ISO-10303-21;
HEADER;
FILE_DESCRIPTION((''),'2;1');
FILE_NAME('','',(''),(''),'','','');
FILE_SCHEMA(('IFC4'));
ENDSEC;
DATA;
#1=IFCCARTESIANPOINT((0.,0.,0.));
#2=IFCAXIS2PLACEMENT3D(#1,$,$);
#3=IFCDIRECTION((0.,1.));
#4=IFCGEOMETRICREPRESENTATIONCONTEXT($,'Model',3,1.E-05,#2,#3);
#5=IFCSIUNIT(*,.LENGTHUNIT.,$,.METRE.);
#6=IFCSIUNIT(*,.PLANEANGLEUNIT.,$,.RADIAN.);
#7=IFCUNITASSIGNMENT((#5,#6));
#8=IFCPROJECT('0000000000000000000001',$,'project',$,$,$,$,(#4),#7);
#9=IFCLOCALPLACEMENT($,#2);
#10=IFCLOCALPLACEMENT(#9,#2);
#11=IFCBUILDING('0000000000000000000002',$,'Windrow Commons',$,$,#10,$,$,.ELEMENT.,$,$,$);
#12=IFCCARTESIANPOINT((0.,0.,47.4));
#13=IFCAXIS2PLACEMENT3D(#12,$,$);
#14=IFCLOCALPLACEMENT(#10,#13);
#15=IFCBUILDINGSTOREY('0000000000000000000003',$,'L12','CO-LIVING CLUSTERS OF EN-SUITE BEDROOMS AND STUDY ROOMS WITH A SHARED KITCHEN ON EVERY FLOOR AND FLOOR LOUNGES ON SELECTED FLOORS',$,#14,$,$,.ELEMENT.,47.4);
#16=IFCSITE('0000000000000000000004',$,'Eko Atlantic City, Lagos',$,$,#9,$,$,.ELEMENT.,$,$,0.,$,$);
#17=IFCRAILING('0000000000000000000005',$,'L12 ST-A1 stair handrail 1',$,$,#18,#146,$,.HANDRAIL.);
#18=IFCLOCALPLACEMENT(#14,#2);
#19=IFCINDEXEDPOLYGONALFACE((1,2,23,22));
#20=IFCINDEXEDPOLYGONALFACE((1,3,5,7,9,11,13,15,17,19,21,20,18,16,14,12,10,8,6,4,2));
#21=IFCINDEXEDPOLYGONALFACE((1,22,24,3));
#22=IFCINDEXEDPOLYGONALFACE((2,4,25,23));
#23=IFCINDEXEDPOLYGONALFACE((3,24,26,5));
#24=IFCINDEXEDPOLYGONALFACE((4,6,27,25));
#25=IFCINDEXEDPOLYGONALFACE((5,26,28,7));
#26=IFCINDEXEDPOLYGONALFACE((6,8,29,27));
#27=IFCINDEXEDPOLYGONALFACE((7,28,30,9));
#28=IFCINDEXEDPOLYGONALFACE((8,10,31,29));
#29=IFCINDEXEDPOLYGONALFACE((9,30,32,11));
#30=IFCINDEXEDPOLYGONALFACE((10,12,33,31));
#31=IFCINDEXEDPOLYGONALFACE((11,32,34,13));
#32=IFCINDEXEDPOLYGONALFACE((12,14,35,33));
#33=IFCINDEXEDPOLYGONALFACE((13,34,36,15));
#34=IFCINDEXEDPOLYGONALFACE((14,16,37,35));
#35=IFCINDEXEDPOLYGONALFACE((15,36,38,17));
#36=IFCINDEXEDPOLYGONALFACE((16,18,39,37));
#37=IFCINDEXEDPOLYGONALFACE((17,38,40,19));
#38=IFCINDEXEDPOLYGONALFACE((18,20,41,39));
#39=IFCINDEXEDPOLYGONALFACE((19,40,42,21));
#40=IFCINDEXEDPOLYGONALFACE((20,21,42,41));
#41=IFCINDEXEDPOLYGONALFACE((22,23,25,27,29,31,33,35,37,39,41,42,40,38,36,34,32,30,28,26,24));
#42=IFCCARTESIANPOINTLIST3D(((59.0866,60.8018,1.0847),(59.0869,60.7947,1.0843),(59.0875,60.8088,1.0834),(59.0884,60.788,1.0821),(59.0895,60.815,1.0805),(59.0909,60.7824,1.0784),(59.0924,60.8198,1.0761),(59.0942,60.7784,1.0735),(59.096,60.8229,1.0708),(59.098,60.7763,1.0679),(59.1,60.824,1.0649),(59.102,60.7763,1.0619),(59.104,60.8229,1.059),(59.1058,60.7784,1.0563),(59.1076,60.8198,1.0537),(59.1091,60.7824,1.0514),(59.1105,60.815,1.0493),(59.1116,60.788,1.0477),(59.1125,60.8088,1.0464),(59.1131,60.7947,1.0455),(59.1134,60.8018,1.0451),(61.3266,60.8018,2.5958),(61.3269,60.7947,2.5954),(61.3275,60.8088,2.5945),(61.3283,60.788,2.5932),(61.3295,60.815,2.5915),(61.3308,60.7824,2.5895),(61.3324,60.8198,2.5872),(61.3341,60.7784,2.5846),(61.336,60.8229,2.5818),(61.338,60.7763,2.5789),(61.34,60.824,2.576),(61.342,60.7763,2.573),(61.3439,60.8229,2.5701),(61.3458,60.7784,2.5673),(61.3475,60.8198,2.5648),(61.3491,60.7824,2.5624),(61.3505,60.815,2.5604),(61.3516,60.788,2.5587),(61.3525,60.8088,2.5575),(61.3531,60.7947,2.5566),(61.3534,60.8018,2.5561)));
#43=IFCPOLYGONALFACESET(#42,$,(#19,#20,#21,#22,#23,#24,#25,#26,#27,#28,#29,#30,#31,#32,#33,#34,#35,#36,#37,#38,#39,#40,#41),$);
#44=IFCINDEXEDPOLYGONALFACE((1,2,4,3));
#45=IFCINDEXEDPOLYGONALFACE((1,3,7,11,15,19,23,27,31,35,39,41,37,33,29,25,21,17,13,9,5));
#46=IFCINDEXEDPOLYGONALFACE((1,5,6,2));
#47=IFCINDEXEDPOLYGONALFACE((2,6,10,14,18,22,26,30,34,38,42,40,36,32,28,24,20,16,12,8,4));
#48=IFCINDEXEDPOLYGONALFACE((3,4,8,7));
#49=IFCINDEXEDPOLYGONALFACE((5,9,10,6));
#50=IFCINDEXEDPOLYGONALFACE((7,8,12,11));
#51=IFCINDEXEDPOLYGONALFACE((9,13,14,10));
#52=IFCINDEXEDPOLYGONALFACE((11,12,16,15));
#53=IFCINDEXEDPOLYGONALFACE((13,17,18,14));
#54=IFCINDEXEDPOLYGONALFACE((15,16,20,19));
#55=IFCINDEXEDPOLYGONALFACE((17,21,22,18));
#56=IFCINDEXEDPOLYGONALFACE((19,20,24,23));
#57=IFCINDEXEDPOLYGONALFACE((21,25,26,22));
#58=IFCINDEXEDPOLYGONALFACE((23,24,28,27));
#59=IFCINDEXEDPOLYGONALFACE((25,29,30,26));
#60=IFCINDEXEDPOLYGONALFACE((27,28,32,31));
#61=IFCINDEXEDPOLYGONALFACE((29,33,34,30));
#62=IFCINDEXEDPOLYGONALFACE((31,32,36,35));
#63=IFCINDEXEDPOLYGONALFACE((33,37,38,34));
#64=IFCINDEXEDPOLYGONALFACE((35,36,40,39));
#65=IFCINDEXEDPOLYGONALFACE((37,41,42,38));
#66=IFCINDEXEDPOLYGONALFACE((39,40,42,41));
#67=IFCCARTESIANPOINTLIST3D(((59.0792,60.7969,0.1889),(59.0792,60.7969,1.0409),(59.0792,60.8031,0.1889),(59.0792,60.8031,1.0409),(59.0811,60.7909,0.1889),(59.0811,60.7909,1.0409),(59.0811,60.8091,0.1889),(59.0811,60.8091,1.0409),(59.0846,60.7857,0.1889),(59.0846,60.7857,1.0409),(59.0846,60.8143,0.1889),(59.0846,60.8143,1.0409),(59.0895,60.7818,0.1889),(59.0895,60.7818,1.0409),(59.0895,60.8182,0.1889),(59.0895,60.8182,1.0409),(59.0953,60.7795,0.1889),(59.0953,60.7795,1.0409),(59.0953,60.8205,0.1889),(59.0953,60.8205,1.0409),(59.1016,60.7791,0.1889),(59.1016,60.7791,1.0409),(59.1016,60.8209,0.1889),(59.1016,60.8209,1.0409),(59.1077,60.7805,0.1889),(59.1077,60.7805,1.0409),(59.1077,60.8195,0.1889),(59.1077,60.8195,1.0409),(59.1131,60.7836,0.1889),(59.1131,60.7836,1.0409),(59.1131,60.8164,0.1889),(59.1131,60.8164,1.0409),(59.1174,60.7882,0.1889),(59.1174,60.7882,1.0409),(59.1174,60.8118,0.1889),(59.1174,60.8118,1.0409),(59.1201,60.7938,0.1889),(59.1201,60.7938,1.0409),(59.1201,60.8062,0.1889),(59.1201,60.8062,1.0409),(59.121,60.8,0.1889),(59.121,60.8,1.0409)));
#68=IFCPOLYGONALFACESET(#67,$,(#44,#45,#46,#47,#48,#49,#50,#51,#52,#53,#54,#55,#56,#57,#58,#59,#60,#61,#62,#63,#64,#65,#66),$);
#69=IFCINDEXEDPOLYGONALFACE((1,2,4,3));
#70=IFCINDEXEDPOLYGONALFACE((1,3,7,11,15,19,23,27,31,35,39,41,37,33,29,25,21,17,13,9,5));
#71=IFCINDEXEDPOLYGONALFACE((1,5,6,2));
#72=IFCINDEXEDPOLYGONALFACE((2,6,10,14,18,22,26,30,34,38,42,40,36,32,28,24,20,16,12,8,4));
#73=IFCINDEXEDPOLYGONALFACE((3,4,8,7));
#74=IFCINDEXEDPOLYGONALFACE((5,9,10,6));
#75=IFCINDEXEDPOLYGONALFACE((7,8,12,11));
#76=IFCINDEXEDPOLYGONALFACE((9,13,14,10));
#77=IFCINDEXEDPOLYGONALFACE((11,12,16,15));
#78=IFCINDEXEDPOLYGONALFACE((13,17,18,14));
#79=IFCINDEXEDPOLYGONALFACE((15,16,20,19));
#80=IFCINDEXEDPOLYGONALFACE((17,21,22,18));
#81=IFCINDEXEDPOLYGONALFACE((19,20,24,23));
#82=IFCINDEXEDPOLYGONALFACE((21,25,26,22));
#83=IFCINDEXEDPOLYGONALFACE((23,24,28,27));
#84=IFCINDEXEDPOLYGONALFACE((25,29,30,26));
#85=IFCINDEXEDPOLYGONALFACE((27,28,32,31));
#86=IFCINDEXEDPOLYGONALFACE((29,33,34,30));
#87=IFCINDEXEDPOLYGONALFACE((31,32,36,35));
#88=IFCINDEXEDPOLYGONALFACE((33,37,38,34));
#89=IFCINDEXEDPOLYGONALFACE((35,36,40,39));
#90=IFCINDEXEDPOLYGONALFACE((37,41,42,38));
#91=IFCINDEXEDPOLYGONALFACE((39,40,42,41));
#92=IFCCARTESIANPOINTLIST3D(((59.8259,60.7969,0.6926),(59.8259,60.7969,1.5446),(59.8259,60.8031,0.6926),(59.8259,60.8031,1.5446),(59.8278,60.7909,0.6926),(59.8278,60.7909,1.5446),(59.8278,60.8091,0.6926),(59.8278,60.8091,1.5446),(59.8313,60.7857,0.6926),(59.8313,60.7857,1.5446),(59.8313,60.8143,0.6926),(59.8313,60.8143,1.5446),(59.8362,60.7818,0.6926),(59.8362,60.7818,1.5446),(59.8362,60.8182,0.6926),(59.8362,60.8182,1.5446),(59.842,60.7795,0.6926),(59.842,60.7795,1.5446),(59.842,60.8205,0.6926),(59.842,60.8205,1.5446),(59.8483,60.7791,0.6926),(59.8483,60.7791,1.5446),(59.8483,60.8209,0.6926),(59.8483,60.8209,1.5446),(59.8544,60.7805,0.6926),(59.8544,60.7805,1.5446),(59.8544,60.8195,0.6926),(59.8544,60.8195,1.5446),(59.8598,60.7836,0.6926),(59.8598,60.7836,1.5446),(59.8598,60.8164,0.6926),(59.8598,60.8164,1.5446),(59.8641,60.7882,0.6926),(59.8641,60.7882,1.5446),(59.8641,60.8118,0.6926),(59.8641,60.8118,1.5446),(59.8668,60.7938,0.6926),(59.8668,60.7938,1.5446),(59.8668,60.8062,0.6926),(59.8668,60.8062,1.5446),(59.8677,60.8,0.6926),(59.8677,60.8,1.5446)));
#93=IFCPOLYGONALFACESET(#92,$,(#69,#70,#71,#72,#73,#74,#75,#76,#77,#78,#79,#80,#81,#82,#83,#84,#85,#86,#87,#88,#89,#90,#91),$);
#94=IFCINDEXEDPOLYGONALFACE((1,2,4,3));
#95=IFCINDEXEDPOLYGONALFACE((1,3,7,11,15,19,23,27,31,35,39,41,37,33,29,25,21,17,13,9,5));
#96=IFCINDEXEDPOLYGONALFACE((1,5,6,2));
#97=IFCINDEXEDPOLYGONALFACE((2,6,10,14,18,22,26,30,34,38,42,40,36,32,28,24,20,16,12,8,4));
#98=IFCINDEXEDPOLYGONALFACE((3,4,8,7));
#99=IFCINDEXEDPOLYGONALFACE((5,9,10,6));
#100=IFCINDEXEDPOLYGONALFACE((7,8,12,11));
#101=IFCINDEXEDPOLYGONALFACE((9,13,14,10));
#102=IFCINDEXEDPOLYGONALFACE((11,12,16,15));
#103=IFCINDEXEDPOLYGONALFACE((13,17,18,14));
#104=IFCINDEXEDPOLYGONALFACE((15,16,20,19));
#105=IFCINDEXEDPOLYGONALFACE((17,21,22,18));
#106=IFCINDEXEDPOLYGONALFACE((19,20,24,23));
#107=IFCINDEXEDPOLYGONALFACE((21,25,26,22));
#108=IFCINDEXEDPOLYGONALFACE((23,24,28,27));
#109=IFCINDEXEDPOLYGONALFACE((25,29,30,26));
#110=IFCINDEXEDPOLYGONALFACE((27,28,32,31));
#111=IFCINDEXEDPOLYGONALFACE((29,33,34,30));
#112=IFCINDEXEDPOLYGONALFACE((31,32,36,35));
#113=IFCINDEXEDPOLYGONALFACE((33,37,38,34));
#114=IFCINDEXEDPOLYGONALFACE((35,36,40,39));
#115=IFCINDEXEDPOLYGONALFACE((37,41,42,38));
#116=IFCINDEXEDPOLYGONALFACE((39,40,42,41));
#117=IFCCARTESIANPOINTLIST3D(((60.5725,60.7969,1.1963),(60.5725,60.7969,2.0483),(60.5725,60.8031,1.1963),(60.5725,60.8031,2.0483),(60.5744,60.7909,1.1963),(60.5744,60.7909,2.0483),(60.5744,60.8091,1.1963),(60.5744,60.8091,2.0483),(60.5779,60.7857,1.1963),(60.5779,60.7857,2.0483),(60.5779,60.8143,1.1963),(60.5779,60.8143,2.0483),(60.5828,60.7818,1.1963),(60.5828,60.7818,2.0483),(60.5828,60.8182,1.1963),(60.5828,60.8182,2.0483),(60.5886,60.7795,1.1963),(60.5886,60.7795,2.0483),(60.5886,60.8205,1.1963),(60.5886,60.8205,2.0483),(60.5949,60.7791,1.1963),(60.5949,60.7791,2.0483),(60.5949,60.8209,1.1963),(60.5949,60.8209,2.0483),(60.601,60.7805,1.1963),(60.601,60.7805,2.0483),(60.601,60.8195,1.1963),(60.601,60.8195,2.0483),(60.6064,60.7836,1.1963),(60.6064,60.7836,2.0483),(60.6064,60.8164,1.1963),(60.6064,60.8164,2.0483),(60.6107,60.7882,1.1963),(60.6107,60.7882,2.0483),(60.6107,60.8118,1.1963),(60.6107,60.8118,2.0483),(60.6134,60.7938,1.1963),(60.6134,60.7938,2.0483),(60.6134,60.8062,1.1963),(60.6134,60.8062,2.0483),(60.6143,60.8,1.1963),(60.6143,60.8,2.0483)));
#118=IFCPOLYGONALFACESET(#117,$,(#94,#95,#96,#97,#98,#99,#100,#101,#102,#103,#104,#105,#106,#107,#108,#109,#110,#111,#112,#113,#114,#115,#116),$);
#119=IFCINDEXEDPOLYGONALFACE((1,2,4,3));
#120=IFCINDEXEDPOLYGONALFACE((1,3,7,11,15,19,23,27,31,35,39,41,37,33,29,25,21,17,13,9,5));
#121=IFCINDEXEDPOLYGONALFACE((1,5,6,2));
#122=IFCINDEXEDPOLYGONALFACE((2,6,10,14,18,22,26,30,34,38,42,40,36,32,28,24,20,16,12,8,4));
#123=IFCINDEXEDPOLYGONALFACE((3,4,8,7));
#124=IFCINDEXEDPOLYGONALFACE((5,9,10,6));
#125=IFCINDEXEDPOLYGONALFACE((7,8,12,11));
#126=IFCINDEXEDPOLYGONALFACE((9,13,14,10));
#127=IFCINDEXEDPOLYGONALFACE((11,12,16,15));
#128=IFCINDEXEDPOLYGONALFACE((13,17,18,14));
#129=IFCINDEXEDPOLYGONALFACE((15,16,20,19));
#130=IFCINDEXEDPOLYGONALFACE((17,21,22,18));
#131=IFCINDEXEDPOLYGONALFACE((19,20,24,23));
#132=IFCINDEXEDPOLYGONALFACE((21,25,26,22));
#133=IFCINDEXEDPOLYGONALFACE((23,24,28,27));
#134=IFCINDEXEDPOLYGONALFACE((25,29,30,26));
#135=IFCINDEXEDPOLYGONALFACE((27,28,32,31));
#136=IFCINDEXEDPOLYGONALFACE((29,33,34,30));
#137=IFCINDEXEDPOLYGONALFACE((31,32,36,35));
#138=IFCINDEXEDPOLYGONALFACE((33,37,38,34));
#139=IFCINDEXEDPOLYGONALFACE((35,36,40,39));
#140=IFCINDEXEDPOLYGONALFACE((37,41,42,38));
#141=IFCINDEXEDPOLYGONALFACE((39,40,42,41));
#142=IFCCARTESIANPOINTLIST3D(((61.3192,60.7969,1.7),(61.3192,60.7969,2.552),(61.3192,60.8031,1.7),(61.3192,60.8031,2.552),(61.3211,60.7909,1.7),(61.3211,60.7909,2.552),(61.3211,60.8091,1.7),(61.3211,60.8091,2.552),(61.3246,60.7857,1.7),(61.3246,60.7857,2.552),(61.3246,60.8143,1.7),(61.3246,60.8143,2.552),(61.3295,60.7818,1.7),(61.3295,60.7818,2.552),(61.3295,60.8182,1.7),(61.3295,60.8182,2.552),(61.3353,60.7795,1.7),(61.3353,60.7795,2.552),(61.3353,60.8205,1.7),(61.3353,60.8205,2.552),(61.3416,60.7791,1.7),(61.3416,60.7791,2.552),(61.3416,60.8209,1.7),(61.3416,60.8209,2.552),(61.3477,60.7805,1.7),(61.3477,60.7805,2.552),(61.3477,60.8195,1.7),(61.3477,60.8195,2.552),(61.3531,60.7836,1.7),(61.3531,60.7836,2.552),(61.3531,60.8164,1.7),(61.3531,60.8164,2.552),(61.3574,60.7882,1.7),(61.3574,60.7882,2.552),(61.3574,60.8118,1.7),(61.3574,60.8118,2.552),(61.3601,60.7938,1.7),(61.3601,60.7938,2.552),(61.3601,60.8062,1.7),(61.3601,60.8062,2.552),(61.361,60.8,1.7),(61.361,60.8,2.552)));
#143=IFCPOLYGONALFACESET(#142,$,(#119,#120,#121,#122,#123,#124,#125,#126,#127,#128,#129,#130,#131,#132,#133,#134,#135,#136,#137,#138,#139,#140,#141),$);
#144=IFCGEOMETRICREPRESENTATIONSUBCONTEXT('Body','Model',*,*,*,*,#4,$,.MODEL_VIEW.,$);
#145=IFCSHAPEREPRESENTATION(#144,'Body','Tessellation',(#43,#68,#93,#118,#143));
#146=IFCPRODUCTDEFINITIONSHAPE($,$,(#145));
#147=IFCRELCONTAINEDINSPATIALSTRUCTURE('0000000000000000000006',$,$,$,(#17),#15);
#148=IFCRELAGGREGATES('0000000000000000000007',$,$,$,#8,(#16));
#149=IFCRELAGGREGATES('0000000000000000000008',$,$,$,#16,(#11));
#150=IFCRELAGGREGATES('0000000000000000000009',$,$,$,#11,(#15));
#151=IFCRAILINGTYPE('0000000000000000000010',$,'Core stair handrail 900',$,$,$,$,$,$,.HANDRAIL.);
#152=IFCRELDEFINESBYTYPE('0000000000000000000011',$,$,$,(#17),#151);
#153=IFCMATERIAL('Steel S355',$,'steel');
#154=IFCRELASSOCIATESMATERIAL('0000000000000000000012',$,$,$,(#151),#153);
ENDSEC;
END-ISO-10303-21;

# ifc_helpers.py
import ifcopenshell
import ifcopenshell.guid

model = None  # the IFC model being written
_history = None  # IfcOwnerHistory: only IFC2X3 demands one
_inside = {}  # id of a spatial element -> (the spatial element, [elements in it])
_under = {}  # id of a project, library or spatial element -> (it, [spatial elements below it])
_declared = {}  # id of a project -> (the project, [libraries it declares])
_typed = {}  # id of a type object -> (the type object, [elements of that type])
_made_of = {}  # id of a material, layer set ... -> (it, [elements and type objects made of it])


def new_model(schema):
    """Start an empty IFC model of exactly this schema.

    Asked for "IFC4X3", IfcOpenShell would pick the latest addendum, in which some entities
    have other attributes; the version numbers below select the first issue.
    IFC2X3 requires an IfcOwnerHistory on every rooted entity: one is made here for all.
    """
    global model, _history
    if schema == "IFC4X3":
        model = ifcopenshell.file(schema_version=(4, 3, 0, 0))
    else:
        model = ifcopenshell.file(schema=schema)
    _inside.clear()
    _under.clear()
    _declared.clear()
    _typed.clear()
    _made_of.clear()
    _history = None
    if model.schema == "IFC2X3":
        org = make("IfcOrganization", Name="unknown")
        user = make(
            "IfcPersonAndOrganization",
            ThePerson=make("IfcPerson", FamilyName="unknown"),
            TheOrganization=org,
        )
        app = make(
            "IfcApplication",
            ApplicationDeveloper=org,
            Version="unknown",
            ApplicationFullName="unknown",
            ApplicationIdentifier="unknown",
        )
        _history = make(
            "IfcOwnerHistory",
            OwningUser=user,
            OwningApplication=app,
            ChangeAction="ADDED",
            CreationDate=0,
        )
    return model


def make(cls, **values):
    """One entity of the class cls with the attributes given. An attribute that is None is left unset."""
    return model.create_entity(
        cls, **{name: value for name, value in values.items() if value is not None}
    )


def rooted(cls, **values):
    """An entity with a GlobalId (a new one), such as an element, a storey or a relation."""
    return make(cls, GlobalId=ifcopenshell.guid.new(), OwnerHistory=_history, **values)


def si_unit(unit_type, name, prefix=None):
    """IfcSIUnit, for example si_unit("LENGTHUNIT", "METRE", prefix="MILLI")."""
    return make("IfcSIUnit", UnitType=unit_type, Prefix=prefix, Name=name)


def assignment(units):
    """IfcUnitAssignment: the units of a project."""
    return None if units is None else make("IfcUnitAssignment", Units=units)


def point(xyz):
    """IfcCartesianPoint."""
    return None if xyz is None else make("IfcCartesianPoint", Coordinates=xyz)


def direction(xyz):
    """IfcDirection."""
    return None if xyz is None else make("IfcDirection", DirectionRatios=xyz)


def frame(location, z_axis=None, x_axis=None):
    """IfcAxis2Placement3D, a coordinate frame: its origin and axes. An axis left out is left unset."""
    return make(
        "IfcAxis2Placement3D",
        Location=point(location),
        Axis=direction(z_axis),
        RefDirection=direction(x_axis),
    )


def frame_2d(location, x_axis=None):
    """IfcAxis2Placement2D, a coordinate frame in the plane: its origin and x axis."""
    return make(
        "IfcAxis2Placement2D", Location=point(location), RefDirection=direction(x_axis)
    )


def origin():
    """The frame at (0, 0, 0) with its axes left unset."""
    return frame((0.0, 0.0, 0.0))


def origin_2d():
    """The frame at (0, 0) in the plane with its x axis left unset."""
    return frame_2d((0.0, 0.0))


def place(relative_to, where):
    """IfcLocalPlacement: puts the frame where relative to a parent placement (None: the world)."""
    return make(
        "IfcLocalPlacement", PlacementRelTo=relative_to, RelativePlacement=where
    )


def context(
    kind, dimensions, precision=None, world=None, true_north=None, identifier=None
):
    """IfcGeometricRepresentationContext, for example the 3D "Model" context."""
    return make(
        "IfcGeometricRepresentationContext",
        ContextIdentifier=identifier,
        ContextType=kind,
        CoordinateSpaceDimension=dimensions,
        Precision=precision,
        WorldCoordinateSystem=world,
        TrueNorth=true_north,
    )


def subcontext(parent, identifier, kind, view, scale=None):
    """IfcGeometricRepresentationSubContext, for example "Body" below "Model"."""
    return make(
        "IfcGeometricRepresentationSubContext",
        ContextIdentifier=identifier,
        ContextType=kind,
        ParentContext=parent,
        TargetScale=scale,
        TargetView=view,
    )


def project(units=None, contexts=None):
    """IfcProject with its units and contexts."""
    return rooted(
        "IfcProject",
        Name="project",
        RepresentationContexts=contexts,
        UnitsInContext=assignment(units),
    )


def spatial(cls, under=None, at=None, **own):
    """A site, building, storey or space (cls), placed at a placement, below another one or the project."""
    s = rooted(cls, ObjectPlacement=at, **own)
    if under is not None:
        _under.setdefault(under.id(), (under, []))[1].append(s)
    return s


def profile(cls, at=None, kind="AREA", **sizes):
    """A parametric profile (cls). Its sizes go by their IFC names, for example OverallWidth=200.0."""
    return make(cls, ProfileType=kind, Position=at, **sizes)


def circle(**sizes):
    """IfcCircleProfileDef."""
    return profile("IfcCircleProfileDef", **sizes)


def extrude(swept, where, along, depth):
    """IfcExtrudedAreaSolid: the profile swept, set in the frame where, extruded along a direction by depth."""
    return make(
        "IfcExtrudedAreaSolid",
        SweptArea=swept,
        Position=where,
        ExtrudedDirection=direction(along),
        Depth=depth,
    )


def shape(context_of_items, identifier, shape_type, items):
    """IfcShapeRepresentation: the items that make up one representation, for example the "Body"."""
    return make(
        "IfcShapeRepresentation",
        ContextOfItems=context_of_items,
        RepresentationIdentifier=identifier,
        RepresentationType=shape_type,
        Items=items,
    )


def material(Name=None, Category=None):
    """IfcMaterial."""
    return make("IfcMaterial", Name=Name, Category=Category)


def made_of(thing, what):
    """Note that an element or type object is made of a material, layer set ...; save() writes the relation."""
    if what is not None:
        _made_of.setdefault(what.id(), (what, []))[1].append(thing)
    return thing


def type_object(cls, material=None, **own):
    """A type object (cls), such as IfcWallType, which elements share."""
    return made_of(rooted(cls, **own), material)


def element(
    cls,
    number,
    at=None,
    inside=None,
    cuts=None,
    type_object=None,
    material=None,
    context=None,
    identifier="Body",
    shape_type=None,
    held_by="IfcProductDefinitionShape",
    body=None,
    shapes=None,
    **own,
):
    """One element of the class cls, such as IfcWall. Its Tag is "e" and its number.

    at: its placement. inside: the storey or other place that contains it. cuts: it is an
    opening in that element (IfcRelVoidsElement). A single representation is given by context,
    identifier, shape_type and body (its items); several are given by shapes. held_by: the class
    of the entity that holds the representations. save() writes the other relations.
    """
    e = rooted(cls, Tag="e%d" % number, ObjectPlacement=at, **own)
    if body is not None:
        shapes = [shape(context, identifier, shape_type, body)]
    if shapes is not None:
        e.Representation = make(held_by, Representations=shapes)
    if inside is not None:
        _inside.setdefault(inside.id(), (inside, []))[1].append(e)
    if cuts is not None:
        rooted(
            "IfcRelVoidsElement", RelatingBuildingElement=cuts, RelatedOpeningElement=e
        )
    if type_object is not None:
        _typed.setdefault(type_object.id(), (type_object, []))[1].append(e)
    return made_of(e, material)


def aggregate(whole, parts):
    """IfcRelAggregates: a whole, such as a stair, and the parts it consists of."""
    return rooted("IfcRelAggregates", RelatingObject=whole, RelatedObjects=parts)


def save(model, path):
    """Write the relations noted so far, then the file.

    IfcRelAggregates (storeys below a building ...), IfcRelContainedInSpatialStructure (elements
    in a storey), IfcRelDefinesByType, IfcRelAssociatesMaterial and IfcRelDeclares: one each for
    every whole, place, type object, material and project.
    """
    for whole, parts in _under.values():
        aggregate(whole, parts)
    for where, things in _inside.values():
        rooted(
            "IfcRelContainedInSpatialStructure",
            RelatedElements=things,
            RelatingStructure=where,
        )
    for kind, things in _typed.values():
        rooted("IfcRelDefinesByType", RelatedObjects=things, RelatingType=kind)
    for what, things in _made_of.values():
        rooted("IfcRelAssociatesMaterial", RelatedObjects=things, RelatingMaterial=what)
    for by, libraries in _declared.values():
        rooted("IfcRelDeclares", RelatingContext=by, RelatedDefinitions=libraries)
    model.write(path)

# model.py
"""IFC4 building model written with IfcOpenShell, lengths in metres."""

from ifc_helpers import new_model, si_unit, direction, frame, origin, origin_2d, place, context, subcontext, project, spatial, circle, extrude, material, type_object, element, save


model = new_model("IFC4")

# Units and contexts
model_context = context("Model", 3, precision=1e-05, world=origin(), true_north=direction((0.0, 1.0)))
body_context = subcontext(model_context, "Body", "Model", "MODEL_VIEW")
ifc_project = project(units=[si_unit("LENGTHUNIT", "METRE"), si_unit("PLANEANGLEUNIT", "RADIAN")], contexts=[model_context])

# Site, building, storey
site_placement = place(None, origin())
site = spatial("IfcSite", under=ifc_project, at=site_placement, Name="Eko Atlantic City, Lagos", CompositionType="ELEMENT", RefElevation=0.0)
building_placement = place(site_placement, origin())
building = spatial("IfcBuilding", under=site, at=building_placement, Name="Windrow Commons", CompositionType="ELEMENT")
storey_placement = place(building_placement, frame((0.0, 0.0, 47.4)))
storey = spatial("IfcBuildingStorey", under=building, at=storey_placement, Name="L12", Description="CO-LIVING CLUSTERS OF EN-SUITE BEDROOMS AND STUDY ROOMS WITH A SHARED KITCHEN ON EVERY FLOOR AND FLOOR LOUNGES ON SELECTED FLOORS", CompositionType="ELEMENT", Elevation=47.4)

# Railing
ifc_material_1 = material(Name="Steel S355", Category="steel")
railing_type_1 = type_object("IfcRailingType", Name="Core stair handrail 900", PredefinedType="HANDRAIL", material=ifc_material_1)
railing_1_placement = place(storey_placement, frame((59.1, 60.8, 0.1889)))
element("IfcRailing", 1, at=railing_1_placement, inside=storey, type_object=railing_type_1, Name="L12 ST-A1 stair handrail 1", PredefinedType="HANDRAIL", context=body_context, shape_type="SweptSolid", body=[
    extrude(circle(Radius=0.024, at=origin_2d()), frame((0.0, 0.0, 0.876), z_axis=(0.829003, 0.0, 0.559244), x_axis=(0.0, 1.0, 0.0)), (0.0, 0.0, 1.0), 2.702),
    extrude(circle(Radius=0.021, at=origin_2d()), origin(), (0.0, 0.0, 1.0), 0.852),
    extrude(circle(Radius=0.021, at=origin_2d()), frame((0.7467, 0.0, 0.5037)), (0.0, 0.0, 1.0), 0.852),
    extrude(circle(Radius=0.021, at=origin_2d()), frame((1.4933, 0.0, 1.0074)), (0.0, 0.0, 1.0), 0.852),
    extrude(circle(Radius=0.021, at=origin_2d()), frame((2.24, 0.0, 1.5111)), (0.0, 0.0, 1.0), 0.852),
])

save(model, "model.ifc")
